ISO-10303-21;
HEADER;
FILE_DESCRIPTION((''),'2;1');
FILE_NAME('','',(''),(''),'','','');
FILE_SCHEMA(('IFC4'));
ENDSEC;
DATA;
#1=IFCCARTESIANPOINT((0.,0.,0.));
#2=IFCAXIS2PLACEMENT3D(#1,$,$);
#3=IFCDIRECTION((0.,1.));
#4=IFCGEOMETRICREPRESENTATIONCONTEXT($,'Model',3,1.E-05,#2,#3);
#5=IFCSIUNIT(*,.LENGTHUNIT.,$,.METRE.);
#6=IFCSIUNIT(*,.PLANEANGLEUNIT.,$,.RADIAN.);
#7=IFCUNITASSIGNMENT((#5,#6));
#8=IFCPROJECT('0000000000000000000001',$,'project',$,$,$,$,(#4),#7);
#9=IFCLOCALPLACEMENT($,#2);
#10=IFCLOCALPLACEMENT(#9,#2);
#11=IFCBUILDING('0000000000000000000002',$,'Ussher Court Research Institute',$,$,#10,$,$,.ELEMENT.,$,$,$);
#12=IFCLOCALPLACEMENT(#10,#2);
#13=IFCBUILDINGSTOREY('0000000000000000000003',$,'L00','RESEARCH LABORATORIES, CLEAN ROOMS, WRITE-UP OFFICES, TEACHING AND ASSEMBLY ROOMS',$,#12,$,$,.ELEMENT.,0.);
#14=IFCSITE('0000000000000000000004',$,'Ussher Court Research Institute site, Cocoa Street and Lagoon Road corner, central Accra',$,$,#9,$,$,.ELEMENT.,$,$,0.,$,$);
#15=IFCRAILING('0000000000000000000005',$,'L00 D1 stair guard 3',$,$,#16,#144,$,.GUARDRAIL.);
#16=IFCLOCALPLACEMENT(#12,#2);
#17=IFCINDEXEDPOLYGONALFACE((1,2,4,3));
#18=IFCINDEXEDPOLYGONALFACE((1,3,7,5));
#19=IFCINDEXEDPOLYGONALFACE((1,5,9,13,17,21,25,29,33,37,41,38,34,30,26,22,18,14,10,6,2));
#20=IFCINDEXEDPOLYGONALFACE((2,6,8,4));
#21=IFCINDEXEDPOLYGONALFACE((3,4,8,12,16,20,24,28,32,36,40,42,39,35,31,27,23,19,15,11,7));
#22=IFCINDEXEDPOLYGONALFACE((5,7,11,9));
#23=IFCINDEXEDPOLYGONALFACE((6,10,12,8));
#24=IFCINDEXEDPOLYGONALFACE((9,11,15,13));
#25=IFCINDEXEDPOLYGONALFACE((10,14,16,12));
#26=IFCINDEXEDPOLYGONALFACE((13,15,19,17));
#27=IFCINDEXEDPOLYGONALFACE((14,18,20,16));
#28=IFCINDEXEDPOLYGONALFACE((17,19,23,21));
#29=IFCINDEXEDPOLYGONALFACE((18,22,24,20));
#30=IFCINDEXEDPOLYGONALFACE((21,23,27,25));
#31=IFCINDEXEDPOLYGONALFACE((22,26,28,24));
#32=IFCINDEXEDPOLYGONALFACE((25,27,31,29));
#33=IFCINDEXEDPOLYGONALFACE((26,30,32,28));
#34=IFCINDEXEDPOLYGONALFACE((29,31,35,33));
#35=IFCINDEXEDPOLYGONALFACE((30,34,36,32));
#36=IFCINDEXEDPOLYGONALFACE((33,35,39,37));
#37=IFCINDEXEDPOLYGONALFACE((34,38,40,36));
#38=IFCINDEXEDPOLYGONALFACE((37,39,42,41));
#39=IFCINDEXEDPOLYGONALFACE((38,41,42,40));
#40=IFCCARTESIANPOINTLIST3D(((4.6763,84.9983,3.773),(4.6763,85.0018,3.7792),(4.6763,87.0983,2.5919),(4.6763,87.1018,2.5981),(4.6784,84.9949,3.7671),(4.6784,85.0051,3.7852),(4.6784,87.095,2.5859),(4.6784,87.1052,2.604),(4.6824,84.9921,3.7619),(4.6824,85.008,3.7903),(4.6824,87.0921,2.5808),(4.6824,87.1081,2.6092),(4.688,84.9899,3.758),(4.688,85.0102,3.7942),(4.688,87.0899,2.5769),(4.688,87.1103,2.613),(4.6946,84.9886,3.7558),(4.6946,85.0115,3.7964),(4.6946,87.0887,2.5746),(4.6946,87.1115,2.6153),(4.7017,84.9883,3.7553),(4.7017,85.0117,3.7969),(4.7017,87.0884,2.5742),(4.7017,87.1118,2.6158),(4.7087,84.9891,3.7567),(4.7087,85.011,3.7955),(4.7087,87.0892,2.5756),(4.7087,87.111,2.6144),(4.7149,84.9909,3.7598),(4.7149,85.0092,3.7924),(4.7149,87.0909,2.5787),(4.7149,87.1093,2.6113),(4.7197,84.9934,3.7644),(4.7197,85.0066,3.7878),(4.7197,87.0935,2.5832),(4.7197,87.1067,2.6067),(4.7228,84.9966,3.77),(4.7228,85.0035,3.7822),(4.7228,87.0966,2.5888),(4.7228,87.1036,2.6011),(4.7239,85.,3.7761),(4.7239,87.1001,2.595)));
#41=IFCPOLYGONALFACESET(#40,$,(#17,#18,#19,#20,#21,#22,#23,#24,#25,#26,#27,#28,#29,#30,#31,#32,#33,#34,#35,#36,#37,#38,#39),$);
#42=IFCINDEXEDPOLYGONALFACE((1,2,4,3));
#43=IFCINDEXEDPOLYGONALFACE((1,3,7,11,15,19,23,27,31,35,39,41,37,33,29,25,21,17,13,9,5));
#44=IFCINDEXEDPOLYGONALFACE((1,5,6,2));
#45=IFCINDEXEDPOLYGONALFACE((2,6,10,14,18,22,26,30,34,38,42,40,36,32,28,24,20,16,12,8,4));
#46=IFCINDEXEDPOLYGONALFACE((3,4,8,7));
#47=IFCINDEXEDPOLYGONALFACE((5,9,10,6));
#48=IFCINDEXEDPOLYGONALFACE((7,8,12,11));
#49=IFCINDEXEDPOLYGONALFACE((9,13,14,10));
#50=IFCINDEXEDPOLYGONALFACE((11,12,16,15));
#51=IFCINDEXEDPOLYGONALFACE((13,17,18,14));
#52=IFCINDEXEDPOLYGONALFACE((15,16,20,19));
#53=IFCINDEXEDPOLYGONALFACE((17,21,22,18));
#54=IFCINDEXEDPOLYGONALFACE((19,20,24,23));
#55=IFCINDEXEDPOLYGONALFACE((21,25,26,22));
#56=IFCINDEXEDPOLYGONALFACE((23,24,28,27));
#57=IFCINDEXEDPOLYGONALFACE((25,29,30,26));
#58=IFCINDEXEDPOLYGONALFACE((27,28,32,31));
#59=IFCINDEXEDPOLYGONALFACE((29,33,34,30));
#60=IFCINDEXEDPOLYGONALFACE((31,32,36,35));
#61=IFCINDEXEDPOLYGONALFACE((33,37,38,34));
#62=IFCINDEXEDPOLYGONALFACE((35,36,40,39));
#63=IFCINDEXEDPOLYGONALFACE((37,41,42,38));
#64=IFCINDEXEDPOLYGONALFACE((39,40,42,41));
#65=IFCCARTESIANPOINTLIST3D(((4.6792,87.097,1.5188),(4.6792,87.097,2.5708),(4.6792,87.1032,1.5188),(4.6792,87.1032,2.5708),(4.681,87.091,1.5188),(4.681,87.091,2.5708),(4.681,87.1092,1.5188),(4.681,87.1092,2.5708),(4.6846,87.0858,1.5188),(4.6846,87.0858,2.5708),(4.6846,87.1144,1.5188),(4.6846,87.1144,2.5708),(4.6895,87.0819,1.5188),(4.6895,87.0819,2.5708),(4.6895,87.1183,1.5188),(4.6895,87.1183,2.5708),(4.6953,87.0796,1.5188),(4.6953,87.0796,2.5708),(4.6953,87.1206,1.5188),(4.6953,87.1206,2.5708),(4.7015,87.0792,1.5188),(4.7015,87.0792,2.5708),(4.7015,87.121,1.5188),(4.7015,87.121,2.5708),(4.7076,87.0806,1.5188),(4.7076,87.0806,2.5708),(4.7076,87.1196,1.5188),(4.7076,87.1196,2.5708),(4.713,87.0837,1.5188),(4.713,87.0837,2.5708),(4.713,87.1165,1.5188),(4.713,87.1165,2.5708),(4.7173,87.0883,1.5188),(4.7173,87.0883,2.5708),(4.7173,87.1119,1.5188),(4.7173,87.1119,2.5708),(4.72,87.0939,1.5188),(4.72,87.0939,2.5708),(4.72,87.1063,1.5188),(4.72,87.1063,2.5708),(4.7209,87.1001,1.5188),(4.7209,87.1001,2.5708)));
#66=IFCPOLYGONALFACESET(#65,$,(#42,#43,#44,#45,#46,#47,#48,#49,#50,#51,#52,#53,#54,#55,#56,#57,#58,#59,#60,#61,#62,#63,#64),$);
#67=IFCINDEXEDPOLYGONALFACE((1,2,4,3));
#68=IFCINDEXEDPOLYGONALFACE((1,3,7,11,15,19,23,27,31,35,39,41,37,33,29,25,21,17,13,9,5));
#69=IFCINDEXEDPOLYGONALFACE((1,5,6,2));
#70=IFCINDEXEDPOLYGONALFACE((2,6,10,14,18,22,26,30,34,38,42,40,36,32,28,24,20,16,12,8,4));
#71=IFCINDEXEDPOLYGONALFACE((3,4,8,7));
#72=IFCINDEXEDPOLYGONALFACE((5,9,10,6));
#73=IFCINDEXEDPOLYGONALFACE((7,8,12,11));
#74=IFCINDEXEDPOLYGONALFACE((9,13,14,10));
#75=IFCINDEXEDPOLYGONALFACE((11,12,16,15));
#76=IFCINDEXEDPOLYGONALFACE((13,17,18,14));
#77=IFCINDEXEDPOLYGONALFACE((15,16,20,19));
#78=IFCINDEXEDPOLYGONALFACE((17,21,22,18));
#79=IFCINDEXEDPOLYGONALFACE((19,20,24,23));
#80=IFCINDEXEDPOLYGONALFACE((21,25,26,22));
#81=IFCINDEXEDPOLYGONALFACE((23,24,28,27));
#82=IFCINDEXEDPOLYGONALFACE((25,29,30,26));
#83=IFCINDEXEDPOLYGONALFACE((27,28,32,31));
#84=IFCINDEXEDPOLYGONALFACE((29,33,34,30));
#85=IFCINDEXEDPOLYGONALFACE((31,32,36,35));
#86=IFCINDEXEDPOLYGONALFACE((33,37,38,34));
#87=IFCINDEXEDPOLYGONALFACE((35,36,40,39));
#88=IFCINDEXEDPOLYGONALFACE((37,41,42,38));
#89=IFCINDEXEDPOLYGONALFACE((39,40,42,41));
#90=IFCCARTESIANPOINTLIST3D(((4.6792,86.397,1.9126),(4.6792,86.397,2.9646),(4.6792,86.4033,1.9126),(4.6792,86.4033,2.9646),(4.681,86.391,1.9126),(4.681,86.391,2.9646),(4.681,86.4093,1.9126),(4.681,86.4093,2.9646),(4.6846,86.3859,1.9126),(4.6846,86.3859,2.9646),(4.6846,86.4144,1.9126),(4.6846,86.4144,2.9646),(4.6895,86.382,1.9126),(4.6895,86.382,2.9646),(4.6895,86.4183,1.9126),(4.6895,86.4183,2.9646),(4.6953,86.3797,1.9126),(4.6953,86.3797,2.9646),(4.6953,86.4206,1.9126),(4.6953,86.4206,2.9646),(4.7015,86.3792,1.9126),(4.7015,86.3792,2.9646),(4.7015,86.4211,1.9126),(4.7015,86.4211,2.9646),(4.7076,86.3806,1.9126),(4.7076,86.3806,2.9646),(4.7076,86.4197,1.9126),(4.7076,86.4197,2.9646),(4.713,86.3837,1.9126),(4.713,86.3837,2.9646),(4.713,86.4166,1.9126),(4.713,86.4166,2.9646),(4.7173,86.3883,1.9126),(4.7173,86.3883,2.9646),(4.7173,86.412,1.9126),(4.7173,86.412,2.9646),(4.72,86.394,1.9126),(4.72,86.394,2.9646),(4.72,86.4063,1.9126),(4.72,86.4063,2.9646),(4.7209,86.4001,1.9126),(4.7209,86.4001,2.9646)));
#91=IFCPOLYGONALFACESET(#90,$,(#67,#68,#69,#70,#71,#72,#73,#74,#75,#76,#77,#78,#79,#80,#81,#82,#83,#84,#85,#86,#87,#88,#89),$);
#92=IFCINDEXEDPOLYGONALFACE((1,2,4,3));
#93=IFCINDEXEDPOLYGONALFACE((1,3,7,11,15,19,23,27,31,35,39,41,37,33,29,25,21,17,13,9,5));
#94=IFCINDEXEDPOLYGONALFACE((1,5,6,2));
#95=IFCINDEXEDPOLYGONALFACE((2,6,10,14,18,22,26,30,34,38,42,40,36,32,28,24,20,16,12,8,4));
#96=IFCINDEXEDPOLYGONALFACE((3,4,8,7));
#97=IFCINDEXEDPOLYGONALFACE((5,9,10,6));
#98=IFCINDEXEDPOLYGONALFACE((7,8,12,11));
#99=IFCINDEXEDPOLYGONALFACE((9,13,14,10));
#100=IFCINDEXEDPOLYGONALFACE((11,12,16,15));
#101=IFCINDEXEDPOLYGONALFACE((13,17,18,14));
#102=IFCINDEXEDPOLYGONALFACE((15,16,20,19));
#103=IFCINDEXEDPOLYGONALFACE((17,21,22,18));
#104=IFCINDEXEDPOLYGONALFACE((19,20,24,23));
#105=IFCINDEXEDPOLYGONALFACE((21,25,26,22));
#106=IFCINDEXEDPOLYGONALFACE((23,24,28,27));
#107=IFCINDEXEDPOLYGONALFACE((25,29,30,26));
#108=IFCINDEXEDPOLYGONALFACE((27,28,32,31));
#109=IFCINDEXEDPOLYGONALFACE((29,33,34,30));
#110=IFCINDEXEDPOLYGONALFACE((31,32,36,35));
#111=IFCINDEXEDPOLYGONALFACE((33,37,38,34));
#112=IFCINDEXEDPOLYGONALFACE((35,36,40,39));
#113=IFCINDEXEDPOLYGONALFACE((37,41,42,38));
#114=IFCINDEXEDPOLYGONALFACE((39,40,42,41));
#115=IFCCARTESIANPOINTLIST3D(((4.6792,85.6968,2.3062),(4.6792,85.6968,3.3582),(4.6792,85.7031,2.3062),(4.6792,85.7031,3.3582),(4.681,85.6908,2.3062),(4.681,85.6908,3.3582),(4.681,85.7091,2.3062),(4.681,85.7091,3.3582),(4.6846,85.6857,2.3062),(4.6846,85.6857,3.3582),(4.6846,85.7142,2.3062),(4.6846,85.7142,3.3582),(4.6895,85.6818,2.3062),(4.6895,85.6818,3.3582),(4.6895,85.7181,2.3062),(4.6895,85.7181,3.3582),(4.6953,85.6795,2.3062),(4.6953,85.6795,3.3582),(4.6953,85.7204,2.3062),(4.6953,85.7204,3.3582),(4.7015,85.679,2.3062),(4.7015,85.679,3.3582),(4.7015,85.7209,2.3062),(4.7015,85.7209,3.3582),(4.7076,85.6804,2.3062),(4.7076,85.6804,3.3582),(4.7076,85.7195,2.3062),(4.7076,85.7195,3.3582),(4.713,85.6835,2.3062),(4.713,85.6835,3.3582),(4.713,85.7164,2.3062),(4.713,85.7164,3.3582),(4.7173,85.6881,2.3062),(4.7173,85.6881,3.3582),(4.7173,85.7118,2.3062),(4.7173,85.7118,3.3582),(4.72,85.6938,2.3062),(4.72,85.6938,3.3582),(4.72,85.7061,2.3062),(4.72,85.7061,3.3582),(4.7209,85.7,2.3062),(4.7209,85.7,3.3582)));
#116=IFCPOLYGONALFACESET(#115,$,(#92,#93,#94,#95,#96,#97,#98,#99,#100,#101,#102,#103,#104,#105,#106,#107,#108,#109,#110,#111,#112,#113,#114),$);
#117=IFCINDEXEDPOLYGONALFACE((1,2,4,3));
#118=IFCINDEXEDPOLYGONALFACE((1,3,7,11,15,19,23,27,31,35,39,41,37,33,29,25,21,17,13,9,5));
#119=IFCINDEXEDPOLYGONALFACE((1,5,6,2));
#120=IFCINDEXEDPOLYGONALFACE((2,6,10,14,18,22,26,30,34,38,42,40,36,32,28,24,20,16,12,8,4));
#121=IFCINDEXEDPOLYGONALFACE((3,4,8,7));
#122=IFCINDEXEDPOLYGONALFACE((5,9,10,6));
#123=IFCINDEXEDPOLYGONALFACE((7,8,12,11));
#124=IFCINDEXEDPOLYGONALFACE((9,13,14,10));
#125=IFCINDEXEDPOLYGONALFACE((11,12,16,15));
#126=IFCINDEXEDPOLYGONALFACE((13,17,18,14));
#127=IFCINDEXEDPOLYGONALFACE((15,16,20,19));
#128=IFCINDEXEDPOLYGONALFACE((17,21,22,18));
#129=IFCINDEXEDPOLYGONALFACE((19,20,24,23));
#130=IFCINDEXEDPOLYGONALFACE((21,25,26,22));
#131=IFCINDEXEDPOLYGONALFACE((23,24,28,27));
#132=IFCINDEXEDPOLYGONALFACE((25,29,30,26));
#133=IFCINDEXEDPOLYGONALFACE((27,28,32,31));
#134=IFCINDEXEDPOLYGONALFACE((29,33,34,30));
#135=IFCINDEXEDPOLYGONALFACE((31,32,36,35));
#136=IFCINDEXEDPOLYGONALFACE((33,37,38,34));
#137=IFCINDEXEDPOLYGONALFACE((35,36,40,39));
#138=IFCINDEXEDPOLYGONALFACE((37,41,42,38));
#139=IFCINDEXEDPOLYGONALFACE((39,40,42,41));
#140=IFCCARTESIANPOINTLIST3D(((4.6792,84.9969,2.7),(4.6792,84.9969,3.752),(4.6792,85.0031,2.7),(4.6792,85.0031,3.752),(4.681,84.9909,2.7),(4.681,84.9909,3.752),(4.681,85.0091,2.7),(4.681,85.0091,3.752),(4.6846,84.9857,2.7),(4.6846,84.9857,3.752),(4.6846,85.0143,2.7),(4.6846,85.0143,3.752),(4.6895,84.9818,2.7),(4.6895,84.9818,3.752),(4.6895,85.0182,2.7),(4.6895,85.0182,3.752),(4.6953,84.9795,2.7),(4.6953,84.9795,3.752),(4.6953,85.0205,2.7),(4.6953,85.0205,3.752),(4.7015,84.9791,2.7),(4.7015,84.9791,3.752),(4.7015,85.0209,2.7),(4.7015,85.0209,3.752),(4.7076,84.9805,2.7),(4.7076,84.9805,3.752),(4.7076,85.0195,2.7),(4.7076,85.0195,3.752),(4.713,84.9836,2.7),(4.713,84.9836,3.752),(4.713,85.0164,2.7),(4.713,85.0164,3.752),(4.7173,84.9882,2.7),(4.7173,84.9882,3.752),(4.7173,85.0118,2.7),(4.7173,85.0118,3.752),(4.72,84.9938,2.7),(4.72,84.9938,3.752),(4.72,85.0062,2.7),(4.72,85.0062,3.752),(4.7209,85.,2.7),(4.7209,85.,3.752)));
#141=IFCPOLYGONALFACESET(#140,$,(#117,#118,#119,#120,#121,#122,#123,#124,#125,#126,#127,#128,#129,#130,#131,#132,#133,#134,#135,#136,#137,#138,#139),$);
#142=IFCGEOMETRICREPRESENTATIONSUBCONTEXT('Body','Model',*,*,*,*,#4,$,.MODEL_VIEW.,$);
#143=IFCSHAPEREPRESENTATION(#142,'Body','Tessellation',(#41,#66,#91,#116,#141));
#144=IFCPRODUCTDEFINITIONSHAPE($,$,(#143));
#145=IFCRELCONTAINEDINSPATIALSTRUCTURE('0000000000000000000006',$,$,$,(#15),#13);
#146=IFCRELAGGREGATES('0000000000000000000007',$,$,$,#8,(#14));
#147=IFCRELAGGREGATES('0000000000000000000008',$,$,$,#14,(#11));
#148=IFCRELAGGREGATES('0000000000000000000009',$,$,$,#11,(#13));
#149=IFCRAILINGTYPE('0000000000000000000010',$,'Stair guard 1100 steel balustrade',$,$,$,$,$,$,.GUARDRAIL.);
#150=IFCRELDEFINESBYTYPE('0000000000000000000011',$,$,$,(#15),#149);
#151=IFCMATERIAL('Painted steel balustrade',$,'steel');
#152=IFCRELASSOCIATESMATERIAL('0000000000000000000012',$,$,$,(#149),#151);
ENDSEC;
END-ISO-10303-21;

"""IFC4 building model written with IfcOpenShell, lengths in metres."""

from ifc_helpers import new_model, si_unit, direction, frame, origin, origin_2d, place, context, subcontext, project, spatial, circle, extrude, material, type_object, element, save


model = new_model("IFC4")

# Units and contexts
model_context = context("Model", 3, precision=1e-05, world=origin(), true_north=direction((0.0, 1.0)))
body_context = subcontext(model_context, "Body", "Model", "MODEL_VIEW")
ifc_project = project(units=[si_unit("LENGTHUNIT", "METRE"), si_unit("PLANEANGLEUNIT", "RADIAN")], contexts=[model_context])

# Site, building, storey
site_placement = place(None, origin())
site = spatial("IfcSite", under=ifc_project, at=site_placement, Name="Ussher Court Research Institute site, Cocoa Street and Lagoon Road corner, central Accra", CompositionType="ELEMENT", RefElevation=0.0)
building_placement = place(site_placement, origin())
building = spatial("IfcBuilding", under=site, at=building_placement, Name="Ussher Court Research Institute", CompositionType="ELEMENT")
storey_placement = place(building_placement, origin())
storey = spatial("IfcBuildingStorey", under=building, at=storey_placement, Name="L00", Description="RESEARCH LABORATORIES, CLEAN ROOMS, WRITE-UP OFFICES, TEACHING AND ASSEMBLY ROOMS", CompositionType="ELEMENT", Elevation=0.0)

# Railing
ifc_material_1 = material(Name="Painted steel balustrade", Category="steel")
railing_type_1 = type_object("IfcRailingType", Name="Stair guard 1100 steel balustrade", PredefinedType="GUARDRAIL", material=ifc_material_1)
railing_1_placement = place(storey_placement, frame((4.7, 87.1001, 1.5188)))
element("IfcRailing", 1, at=railing_1_placement, inside=storey, type_object=railing_type_1, Name="L00 D1 stair guard 3", PredefinedType="GUARDRAIL", context=body_context, shape_type="SweptSolid", body=[
    extrude(circle(Radius=0.0239, at=origin_2d()), frame((0.0, 0.0, 1.0762), z_axis=(0.0, -0.871603, 0.490213), x_axis=(1.0, 0.0, 0.0)), (0.0, 0.0, 1.0), 2.4094),
    extrude(circle(Radius=0.021, at=origin_2d()), origin(), (0.0, 0.0, 1.0), 1.052),
    extrude(circle(Radius=0.021, at=origin_2d()), frame((0.0, -0.7, 0.3938)), (0.0, 0.0, 1.0), 1.052),
    extrude(circle(Radius=0.021, at=origin_2d()), frame((0.0, -1.4001, 0.7874)), (0.0, 0.0, 1.0), 1.052),
    extrude(circle(Radius=0.021, at=origin_2d()), frame((0.0, -2.1001, 1.1812)), (0.0, 0.0, 1.0), 1.052),
])

save(model, "model.ifc")
